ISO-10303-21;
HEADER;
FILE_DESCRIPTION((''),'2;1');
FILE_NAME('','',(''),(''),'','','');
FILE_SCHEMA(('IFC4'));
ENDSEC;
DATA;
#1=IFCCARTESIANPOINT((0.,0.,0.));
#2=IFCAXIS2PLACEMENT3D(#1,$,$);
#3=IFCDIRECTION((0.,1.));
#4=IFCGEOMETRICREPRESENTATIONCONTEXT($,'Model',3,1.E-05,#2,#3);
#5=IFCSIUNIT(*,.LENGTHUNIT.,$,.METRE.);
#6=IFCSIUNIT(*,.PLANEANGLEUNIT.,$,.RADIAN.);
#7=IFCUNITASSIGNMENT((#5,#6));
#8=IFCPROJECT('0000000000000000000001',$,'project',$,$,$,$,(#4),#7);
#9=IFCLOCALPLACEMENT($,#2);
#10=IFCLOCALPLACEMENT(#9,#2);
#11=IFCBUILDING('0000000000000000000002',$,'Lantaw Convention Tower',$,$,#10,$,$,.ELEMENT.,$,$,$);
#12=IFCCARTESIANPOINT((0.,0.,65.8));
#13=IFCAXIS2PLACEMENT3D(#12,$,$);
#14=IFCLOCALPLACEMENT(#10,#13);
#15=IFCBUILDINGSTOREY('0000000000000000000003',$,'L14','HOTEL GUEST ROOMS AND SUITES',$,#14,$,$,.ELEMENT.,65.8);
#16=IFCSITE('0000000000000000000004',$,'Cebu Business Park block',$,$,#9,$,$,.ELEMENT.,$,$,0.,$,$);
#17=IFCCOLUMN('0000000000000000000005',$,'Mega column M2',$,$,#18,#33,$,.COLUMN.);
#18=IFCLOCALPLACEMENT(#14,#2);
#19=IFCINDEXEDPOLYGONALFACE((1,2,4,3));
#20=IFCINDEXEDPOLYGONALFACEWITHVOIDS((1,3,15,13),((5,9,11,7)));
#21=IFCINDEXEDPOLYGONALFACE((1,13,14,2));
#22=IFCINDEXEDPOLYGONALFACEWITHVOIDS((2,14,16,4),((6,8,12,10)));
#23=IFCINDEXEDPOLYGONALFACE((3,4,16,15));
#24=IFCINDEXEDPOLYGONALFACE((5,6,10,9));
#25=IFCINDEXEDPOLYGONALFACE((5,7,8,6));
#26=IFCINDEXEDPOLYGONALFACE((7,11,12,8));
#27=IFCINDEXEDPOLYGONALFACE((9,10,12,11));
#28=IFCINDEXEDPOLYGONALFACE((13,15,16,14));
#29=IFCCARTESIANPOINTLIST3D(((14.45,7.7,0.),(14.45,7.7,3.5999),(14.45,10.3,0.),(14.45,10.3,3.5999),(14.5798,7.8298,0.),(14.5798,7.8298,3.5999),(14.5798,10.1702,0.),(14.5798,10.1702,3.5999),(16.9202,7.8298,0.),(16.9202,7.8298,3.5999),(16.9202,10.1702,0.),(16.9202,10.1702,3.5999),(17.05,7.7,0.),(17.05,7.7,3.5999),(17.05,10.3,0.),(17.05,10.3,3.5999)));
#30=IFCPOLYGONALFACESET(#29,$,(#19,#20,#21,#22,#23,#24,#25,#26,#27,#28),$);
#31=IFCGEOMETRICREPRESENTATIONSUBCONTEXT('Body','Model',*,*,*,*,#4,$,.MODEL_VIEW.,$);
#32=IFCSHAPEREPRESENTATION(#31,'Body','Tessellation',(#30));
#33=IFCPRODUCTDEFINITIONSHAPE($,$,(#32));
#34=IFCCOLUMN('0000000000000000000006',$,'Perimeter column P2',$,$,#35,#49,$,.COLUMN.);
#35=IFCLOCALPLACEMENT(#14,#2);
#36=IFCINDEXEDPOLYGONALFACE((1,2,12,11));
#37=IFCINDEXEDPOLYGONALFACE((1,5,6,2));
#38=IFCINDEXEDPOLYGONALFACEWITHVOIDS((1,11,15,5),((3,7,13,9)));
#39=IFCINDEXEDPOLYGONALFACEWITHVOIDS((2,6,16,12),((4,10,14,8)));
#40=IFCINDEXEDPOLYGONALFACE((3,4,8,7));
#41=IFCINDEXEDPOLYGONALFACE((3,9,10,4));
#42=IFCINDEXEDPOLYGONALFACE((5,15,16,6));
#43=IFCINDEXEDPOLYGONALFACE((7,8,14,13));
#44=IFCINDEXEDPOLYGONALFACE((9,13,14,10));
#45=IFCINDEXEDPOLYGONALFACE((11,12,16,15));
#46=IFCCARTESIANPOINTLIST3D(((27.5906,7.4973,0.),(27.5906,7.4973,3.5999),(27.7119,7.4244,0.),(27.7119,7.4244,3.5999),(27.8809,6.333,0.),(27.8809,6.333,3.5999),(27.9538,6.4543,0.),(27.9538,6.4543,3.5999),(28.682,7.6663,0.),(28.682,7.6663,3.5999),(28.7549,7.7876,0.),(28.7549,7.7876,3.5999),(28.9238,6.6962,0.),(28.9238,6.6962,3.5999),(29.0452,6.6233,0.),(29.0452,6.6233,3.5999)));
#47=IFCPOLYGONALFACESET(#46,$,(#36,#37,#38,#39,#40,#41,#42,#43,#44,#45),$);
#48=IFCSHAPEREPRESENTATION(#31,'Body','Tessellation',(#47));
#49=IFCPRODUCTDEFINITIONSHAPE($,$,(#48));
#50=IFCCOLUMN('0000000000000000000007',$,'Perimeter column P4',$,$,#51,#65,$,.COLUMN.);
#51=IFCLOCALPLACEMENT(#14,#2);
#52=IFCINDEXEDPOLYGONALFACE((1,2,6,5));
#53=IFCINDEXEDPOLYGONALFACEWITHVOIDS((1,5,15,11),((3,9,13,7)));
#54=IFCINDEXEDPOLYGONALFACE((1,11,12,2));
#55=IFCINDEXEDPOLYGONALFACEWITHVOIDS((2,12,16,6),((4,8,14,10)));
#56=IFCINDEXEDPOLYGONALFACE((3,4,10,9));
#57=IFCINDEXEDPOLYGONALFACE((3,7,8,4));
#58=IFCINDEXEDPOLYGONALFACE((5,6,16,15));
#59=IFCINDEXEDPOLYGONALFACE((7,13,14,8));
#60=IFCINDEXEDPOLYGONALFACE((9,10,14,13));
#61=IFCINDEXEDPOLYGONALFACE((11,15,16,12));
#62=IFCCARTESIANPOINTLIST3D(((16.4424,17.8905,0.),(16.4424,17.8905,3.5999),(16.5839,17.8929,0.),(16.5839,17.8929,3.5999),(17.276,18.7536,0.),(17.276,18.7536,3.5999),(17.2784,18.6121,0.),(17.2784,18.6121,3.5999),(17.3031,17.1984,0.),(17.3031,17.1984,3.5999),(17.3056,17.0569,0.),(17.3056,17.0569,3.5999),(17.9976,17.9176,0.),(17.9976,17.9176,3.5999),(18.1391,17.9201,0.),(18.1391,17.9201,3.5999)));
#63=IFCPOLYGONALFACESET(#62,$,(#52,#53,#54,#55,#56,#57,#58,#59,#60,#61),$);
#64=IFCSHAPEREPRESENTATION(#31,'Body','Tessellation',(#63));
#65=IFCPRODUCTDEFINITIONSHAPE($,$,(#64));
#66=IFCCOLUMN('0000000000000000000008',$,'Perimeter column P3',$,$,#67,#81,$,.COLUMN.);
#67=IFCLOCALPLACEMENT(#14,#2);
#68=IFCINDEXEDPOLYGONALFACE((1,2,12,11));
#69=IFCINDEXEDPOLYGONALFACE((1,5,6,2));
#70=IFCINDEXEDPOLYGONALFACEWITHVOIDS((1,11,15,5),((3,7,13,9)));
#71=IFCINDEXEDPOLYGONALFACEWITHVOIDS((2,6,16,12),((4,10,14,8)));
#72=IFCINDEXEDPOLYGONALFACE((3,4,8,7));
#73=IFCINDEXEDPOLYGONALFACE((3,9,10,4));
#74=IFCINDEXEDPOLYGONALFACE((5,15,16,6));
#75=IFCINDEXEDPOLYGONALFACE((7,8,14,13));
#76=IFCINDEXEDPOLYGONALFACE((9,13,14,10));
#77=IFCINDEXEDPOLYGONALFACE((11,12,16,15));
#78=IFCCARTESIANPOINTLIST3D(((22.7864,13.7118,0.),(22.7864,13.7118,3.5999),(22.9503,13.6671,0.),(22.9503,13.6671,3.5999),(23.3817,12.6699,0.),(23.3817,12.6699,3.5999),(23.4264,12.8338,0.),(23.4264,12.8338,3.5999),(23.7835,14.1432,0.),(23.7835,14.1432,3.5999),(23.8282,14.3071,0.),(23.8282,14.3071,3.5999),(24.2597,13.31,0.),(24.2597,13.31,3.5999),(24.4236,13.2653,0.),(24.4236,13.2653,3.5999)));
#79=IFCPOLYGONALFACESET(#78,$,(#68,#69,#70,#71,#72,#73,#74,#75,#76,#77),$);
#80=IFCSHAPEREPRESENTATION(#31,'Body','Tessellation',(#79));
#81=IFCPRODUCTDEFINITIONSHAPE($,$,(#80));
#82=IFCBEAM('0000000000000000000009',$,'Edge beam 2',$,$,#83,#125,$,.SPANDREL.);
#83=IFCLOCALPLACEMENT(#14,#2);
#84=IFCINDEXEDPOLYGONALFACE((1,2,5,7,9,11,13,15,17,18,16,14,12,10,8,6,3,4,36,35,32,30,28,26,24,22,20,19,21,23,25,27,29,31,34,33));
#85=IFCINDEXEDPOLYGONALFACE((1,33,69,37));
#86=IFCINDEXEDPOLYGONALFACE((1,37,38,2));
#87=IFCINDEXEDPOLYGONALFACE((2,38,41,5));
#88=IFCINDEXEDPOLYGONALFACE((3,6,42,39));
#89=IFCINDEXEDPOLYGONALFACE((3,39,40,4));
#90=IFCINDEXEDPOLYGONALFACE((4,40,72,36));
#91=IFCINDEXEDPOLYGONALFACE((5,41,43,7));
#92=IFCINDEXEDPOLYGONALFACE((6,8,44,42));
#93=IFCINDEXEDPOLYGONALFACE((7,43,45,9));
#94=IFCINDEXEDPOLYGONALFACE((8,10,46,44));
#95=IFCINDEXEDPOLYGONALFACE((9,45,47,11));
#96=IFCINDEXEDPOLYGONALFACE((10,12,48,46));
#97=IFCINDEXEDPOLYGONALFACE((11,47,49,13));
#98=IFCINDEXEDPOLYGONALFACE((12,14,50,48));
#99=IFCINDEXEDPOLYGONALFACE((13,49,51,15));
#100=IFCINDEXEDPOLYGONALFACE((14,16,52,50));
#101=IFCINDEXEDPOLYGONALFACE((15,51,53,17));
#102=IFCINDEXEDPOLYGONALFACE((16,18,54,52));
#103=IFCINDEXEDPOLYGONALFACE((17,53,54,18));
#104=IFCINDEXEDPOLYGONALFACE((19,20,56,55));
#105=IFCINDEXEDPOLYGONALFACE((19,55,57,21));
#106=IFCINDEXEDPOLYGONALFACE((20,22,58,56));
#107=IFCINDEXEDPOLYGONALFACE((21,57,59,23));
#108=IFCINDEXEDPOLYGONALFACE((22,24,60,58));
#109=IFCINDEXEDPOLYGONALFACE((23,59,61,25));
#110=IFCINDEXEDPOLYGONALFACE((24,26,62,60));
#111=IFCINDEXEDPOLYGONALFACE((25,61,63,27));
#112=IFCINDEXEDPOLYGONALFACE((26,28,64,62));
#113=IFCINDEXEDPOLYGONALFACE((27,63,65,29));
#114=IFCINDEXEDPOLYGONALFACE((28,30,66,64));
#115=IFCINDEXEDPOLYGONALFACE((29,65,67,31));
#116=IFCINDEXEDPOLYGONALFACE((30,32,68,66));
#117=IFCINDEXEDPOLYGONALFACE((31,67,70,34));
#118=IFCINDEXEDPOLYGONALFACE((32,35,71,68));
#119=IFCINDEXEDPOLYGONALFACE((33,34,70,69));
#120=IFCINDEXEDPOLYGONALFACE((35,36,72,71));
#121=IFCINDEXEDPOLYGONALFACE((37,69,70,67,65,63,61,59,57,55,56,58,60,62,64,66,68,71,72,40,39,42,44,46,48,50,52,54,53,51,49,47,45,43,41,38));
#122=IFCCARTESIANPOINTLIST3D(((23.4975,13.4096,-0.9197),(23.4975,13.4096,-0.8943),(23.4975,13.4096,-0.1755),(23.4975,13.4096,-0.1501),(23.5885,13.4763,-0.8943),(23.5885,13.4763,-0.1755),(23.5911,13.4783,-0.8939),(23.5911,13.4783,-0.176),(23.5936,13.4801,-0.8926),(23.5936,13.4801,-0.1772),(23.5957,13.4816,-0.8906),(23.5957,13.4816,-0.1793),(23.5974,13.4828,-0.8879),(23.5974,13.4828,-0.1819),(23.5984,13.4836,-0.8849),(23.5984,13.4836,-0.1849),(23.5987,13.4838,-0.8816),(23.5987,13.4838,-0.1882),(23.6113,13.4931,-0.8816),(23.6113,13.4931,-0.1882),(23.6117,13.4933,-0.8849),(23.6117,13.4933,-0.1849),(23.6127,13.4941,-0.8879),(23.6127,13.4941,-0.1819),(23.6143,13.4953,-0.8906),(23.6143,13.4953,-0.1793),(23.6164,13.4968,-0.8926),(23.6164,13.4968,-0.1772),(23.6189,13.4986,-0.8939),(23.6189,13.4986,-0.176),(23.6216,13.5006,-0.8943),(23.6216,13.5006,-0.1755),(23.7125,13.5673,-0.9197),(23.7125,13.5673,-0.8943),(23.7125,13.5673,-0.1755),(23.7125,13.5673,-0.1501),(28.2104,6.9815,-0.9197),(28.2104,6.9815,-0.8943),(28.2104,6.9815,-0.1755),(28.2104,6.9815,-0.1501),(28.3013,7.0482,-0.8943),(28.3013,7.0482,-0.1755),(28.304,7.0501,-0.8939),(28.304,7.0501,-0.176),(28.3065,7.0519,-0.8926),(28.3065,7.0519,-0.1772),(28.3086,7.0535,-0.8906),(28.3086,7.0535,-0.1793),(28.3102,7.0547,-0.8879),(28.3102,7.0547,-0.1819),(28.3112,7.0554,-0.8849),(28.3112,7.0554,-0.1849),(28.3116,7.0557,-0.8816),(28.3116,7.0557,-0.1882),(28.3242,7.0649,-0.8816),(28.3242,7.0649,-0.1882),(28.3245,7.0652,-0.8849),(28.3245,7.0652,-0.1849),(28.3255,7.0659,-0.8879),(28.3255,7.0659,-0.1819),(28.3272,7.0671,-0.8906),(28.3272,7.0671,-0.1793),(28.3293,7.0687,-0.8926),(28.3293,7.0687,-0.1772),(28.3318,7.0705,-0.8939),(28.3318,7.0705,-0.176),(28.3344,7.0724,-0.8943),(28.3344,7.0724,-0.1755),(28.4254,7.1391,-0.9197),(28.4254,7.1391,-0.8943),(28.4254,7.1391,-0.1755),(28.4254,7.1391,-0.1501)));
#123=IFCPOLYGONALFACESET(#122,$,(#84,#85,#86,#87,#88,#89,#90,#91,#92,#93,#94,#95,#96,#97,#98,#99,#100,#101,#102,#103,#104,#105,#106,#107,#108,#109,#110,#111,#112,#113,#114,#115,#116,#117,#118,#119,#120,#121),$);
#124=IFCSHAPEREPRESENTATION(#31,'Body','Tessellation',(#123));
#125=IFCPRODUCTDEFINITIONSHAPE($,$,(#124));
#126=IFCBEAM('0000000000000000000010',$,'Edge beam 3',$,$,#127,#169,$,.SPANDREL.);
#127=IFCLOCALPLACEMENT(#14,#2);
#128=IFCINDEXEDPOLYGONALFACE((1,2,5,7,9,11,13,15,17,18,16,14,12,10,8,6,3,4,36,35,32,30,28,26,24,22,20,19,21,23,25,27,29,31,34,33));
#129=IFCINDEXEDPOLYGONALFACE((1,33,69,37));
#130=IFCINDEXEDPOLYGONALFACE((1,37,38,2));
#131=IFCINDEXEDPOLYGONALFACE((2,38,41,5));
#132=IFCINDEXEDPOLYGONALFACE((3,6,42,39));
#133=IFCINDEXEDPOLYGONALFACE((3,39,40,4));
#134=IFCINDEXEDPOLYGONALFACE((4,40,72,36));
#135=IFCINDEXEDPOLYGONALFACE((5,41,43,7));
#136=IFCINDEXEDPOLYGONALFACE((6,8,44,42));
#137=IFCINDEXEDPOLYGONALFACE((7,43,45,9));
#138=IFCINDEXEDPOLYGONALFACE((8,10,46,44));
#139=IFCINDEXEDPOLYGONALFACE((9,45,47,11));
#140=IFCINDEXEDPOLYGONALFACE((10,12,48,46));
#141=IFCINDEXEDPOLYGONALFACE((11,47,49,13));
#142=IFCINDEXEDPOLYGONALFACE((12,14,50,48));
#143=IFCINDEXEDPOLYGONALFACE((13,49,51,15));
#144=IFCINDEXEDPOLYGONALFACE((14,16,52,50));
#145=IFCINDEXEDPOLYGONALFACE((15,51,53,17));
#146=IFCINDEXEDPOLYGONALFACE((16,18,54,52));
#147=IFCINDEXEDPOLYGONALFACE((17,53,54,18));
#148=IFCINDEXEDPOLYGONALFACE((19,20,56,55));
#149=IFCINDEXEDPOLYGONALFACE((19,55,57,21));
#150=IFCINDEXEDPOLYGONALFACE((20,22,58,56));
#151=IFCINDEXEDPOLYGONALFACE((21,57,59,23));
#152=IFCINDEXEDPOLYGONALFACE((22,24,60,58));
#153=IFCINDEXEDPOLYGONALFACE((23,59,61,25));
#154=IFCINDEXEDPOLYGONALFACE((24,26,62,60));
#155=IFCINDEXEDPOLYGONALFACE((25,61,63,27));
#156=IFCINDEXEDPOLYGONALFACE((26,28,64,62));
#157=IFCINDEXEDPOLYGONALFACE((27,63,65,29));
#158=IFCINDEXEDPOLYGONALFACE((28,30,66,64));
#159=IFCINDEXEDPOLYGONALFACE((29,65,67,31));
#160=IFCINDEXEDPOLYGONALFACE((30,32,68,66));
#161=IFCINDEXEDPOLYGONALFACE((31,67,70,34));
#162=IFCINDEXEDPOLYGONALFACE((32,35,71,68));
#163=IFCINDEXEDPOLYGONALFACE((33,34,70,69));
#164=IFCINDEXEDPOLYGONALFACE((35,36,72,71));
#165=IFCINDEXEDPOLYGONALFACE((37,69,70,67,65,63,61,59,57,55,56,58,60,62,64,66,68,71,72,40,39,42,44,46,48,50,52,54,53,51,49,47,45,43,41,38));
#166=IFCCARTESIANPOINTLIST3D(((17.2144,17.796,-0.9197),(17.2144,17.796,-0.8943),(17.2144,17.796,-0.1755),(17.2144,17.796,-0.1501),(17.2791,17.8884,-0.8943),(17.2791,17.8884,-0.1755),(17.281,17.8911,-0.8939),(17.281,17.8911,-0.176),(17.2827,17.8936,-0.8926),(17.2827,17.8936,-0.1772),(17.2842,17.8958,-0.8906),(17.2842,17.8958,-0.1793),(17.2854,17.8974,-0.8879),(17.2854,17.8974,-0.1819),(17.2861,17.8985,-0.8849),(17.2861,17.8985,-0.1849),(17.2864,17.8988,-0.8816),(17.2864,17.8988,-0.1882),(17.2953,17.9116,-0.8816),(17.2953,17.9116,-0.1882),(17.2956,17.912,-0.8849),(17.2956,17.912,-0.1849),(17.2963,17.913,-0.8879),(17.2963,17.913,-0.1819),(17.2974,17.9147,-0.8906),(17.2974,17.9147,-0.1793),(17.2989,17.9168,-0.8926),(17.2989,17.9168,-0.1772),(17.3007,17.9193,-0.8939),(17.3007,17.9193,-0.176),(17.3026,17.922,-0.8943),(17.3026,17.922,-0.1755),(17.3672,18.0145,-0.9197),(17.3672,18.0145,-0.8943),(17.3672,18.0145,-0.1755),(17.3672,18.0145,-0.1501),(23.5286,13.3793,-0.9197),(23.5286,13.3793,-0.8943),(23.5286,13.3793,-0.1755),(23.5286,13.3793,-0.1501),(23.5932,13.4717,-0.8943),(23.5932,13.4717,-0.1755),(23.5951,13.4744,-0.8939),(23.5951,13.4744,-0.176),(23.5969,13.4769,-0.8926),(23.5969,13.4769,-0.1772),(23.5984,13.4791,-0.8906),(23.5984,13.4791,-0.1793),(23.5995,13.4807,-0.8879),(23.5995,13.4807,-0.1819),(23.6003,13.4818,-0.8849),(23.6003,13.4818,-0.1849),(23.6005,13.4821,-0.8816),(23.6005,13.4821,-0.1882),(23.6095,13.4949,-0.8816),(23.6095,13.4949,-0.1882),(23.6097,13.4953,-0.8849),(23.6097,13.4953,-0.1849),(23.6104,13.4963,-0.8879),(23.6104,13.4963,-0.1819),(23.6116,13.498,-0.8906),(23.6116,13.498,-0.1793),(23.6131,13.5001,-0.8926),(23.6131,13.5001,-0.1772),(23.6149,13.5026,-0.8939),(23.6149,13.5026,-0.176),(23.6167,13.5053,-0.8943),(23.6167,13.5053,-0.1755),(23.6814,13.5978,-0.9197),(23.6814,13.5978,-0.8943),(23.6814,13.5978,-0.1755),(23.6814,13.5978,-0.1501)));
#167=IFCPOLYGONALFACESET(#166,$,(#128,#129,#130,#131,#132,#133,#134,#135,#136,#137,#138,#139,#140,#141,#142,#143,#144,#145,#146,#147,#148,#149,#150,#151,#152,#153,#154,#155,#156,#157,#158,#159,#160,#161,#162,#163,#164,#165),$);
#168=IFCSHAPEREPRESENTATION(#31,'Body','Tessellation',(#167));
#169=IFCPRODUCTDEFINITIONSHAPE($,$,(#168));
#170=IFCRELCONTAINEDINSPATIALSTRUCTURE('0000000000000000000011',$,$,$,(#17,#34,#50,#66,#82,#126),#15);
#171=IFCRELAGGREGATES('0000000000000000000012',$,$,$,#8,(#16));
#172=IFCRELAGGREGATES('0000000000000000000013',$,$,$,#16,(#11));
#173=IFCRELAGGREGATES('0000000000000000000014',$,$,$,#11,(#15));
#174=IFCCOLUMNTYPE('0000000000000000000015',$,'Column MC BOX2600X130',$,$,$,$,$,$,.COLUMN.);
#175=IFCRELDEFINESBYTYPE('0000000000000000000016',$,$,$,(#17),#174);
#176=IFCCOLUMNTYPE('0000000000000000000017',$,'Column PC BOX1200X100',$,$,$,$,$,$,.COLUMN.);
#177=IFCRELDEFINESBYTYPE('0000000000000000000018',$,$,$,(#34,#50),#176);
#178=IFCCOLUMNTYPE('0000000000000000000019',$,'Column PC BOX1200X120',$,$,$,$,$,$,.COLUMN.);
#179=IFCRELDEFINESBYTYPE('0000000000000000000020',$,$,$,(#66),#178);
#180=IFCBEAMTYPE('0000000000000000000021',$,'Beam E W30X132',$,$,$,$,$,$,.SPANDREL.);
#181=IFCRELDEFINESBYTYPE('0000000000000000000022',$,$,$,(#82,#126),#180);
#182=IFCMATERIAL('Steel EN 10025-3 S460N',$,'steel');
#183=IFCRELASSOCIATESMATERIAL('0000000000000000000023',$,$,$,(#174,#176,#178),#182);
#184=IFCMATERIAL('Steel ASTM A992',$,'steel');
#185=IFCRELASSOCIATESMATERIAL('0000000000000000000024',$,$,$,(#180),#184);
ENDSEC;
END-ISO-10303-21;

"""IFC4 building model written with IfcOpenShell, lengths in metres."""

from ifc_helpers import new_model, si_unit, direction, frame, origin, origin_2d, place, context, subcontext, project, spatial, rectangle, hollow_rectangle, i_section, extrude, material, material_profile, profile_set, type_object, element, save


model = new_model("IFC4")

# Units and contexts
model_context = context("Model", 3, precision=1e-05, world=origin(), true_north=direction((0.0, 1.0)))
body_context = subcontext(model_context, "Body", "Model", "MODEL_VIEW")
ifc_project = project(units=[si_unit("LENGTHUNIT", "METRE"), si_unit("PLANEANGLEUNIT", "RADIAN")], contexts=[model_context])

# Site, building, storey
site_placement = place(None, origin())
site = spatial("IfcSite", under=ifc_project, at=site_placement, Name="Cebu Business Park block", CompositionType="ELEMENT", RefElevation=0.0)
building_placement = place(site_placement, origin())
building = spatial("IfcBuilding", under=site, at=building_placement, Name="Lantaw Convention Tower", CompositionType="ELEMENT")
storey_placement = place(building_placement, frame((0.0, 0.0, 65.8)))
storey = spatial("IfcBuildingStorey", under=building, at=storey_placement, Name="L14", Description="HOTEL GUEST ROOMS AND SUITES", CompositionType="ELEMENT", Elevation=65.8)

# Columns
ifc_material_1 = material(Name="Steel EN 10025-3 S460N", Category="steel")
ifc_material_profile_1 = material_profile(ifc_material_1, hollow_rectangle(XDim=2.6001, YDim=2.6001, WallThickness=0.1299, at=origin_2d()), Name="BOX2600X130")
ifc_material_2 = material(Name="Concrete C60/75", Category="concrete")
ifc_material_profile_2 = material_profile(ifc_material_2, rectangle(XDim=2.3401, YDim=2.3401, at=origin_2d()), Name="Concrete fill of BOX2600X130")
ifc_profile_set_1 = profile_set([ifc_material_profile_1, ifc_material_profile_2], Name="Steel EN 10025-3 S460N")
column_type_1 = type_object("IfcColumnType", Name="Column MC BOX2600X130", PredefinedType="COLUMN", material=ifc_profile_set_1)
column_1_placement = place(storey_placement, frame((15.75, 9.0, 0.0), z_axis=(0.0, 0.0, 1.0), x_axis=(1.0, 0.0, 0.0)))
element("IfcColumn", 1, at=column_1_placement, inside=storey, type_object=column_type_1, Name="Mega column M2", PredefinedType="COLUMN", context=body_context, shape_type="SweptSolid", body=[
    extrude(hollow_rectangle(XDim=2.6001, YDim=2.6001, WallThickness=0.1299, at=origin_2d()), origin(), (0.0, 0.0, 1.0), 3.5999),
])
ifc_material_profile_3 = material_profile(ifc_material_1, hollow_rectangle(XDim=1.2, YDim=1.2, WallThickness=0.1001, at=origin_2d()), Name="BOX1200X100")
ifc_material_profile_4 = material_profile(ifc_material_2, rectangle(XDim=1.0, YDim=1.0, at=origin_2d()), Name="Concrete fill of BOX1200X100")
ifc_profile_set_2 = profile_set([ifc_material_profile_3, ifc_material_profile_4], Name="Steel EN 10025-3 S460N")
column_type_2 = type_object("IfcColumnType", Name="Column PC BOX1200X100", PredefinedType="COLUMN", material=ifc_profile_set_2)
for number, where, z_axis, x_axis, name in (
    (2, (28.3179, 7.0603, 0.0), (0.0, 0.0, 1.0), (0.970296, 0.241922, 0.0), "Perimeter column P2"),
    (3, (17.2908, 17.9053, 0.0), (0.0, 0.0, 1.0), (0.694658, 0.71934, 0.0), "Perimeter column P4"),
):
    element("IfcColumn", number, at=place(storey_placement, frame(where, z_axis=z_axis, x_axis=x_axis)), inside=storey, type_object=column_type_2, Name=name, PredefinedType="COLUMN", context=body_context, shape_type="SweptSolid", body=[
        extrude(hollow_rectangle(XDim=1.2, YDim=1.2, WallThickness=0.1001, at=origin_2d()), origin(), (0.0, 0.0, 1.0), 3.5999),
    ])
ifc_material_profile_5 = material_profile(ifc_material_1, hollow_rectangle(XDim=1.2, YDim=1.2, WallThickness=0.1201, at=origin_2d()), Name="BOX1200X120")
ifc_material_profile_6 = material_profile(ifc_material_2, rectangle(XDim=0.96, YDim=0.96, at=origin_2d()), Name="Concrete fill of BOX1200X120")
ifc_profile_set_3 = profile_set([ifc_material_profile_5, ifc_material_profile_6], Name="Steel EN 10025-3 S460N")
column_type_3 = type_object("IfcColumnType", Name="Column PC BOX1200X120", PredefinedType="COLUMN", material=ifc_profile_set_3)
column_2_placement = place(storey_placement, frame((23.605, 13.4885, 0.0), z_axis=(0.0, 0.0, 1.0), x_axis=(0.868243, 0.496139, 0.0)))
element("IfcColumn", 4, at=column_2_placement, inside=storey, type_object=column_type_3, Name="Perimeter column P3", PredefinedType="COLUMN", context=body_context, shape_type="SweptSolid", body=[
    extrude(hollow_rectangle(XDim=1.2, YDim=1.2, WallThickness=0.1201, at=origin_2d()), origin(), (0.0, 0.0, 1.0), 3.5999),
])

# Beams
ifc_material_3 = material(Name="Steel ASTM A992", Category="steel")
ifc_material_profile_7 = material_profile(ifc_material_3, i_section(OverallWidth=0.2666, OverallDepth=0.7695, WebThickness=0.0156, FlangeThickness=0.0254, FilletRadius=0.0127, at=origin_2d()), Name="W30X132")
ifc_profile_set_4 = profile_set([ifc_material_profile_7], Name="Steel ASTM A992")
beam_type_1 = type_object("IfcBeamType", Name="Beam E W30X132", PredefinedType="SPANDREL", material=ifc_profile_set_4)
beam_1_placement = place(storey_placement, frame((28.3179, 7.0603, -0.5349), z_axis=(-0.591271, 0.806473, 0.0), x_axis=(-0.806473, -0.591271, 0.0)))
element("IfcBeam", 5, at=beam_1_placement, inside=storey, type_object=beam_type_1, Name="Edge beam 2", PredefinedType="SPANDREL", context=body_context, shape_type="SweptSolid", body=[
    extrude(i_section(OverallWidth=0.2666, OverallDepth=0.7695, WebThickness=0.0156, FlangeThickness=0.0254, FilletRadius=0.0127, at=origin_2d()), origin(), (0.0, 0.0, 1.0), 7.9707),
])
beam_2_placement = place(storey_placement, frame((23.605, 13.4885, -0.5349), z_axis=(-0.819427, 0.573184, 0.0), x_axis=(-0.573184, -0.819427, 0.0)))
element("IfcBeam", 6, at=beam_2_placement, inside=storey, type_object=beam_type_1, Name="Edge beam 3", PredefinedType="SPANDREL", context=body_context, shape_type="SweptSolid", body=[
    extrude(i_section(OverallWidth=0.2666, OverallDepth=0.7695, WebThickness=0.0156, FlangeThickness=0.0254, FilletRadius=0.0127, at=origin_2d()), origin(), (0.0, 0.0, 1.0), 7.7056),
])

save(model, "model.ifc")
